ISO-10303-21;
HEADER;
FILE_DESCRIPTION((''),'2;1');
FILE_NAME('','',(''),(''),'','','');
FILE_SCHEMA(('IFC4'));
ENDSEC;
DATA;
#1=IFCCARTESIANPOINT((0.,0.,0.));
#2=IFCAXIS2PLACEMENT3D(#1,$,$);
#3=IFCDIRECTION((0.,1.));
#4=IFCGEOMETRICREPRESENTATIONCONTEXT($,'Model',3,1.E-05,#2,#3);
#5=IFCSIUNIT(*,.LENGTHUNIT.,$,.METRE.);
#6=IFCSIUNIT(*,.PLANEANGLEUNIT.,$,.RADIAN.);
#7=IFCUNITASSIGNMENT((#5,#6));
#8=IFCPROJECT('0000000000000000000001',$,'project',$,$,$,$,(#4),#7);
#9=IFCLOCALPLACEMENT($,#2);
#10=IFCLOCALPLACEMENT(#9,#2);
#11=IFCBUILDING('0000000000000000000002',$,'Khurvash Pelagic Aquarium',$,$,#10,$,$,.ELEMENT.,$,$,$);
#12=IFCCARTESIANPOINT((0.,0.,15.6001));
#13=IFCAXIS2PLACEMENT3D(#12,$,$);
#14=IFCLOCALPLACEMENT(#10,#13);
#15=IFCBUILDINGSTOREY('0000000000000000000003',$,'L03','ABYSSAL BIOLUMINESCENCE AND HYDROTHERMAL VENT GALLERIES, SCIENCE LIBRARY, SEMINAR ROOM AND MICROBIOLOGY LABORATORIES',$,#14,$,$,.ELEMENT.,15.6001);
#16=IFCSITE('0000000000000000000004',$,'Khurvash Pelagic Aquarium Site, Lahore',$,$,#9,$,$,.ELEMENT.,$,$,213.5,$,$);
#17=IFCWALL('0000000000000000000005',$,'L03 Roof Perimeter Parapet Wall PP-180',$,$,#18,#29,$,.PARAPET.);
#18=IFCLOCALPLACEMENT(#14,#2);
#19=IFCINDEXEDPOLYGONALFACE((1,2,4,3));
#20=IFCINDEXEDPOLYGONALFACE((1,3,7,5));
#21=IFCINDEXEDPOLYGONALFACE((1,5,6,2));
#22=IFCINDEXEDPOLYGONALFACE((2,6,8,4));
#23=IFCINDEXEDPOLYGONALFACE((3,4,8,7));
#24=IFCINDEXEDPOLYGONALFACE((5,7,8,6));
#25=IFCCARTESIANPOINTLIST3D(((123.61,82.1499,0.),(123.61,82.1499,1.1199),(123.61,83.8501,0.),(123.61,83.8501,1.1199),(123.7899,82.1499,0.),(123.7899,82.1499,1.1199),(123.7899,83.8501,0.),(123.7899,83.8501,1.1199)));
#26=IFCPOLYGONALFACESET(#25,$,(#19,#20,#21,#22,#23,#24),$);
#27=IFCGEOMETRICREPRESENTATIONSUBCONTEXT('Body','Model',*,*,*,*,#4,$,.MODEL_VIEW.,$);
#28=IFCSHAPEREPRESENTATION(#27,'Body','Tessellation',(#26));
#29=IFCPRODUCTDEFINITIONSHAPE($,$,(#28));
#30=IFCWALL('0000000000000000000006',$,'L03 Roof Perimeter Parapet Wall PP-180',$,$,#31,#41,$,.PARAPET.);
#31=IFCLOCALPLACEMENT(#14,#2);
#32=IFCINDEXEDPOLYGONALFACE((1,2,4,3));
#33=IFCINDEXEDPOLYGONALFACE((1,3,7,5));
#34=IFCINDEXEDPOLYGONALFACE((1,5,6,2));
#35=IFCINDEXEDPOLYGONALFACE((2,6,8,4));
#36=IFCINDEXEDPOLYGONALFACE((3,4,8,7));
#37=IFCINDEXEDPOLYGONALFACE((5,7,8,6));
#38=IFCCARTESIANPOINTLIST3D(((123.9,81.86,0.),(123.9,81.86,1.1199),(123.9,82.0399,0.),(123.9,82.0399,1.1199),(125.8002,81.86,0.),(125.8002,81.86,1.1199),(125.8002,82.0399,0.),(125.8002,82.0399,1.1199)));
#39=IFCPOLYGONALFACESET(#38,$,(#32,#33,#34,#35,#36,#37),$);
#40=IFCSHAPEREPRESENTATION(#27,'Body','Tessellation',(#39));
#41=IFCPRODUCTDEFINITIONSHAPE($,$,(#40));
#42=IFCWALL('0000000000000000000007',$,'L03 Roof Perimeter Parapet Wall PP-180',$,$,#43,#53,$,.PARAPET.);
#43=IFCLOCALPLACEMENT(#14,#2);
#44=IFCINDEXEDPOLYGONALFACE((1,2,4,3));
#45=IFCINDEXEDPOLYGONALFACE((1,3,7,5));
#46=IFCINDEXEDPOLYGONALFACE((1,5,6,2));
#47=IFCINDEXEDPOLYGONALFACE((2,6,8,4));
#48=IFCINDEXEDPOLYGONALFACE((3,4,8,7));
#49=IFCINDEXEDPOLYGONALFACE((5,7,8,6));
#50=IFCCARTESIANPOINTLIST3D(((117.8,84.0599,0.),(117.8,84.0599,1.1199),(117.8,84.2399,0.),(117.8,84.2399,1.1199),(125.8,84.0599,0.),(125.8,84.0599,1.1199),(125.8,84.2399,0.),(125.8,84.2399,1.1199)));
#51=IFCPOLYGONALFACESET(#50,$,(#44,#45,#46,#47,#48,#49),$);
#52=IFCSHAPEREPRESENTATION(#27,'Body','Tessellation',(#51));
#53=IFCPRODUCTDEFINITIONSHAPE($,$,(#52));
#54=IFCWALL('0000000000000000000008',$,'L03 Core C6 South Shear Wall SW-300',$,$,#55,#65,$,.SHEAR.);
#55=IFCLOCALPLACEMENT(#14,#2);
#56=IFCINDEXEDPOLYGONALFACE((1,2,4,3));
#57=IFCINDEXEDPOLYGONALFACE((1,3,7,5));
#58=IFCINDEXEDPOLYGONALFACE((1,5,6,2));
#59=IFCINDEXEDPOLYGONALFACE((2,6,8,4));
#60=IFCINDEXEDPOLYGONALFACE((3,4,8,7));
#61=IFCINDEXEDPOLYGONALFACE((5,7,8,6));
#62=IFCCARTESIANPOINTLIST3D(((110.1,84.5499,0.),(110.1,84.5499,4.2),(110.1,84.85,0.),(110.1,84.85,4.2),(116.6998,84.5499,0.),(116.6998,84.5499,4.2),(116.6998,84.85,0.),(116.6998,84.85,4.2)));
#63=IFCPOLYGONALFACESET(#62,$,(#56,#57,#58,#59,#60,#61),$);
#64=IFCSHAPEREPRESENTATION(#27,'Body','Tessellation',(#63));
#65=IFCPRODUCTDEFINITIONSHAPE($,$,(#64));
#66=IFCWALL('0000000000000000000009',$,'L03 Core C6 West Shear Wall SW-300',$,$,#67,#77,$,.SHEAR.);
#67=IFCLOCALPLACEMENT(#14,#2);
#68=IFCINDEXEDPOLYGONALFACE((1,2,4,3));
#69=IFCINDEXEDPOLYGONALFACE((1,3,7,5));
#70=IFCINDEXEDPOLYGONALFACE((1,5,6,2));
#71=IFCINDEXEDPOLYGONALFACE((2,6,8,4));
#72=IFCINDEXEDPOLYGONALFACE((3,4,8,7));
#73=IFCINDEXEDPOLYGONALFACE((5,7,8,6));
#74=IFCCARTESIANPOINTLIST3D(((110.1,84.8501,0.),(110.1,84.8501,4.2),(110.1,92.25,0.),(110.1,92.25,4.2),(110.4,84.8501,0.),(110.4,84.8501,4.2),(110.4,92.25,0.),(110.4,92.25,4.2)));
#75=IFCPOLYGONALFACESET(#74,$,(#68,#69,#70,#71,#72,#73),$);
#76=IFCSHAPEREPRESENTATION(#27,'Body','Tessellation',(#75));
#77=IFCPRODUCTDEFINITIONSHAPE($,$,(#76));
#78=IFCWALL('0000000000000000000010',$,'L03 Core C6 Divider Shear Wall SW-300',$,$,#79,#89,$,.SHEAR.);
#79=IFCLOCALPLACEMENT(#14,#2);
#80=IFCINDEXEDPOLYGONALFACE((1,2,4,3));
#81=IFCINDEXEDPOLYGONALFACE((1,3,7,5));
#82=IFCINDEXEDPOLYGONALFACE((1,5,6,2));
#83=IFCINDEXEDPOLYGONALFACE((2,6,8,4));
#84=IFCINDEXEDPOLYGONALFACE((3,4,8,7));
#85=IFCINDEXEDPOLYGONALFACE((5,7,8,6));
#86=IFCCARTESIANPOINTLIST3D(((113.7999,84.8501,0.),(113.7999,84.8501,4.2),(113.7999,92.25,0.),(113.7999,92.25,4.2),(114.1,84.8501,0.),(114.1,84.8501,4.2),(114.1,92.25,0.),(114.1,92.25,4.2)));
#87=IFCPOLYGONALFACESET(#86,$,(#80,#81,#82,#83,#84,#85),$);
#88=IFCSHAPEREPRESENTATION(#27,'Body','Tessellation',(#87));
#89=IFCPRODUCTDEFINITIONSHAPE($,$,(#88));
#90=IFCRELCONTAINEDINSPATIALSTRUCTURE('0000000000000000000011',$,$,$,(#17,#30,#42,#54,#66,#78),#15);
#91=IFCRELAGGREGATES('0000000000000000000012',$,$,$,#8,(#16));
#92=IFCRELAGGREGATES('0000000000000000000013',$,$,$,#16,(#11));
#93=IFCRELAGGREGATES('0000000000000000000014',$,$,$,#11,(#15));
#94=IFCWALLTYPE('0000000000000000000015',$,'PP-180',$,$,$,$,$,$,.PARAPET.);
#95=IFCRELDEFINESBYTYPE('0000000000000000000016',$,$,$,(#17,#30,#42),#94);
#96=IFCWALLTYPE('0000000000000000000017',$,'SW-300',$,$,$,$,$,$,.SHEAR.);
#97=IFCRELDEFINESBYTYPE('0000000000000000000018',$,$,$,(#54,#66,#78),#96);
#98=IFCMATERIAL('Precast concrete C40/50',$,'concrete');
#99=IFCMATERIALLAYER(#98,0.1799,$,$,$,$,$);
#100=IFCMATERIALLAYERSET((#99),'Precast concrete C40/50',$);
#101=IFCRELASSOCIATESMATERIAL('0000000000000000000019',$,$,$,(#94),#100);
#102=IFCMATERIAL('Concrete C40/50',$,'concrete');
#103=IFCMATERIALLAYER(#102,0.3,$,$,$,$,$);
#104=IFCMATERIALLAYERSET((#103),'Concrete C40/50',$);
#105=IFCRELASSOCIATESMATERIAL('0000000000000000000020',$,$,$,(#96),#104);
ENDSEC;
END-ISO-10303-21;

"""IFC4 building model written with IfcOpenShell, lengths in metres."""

from ifc_helpers import new_model, si_unit, direction, frame, frame_2d, origin, place, context, subcontext, project, spatial, rectangle, extrude, material, layer, layer_set, type_object, element, save


model = new_model("IFC4")

# Units and contexts
model_context = context("Model", 3, precision=1e-05, world=origin(), true_north=direction((0.0, 1.0)))
body_context = subcontext(model_context, "Body", "Model", "MODEL_VIEW")
ifc_project = project(units=[si_unit("LENGTHUNIT", "METRE"), si_unit("PLANEANGLEUNIT", "RADIAN")], contexts=[model_context])

# Site, building, storey
site_placement = place(None, origin())
site = spatial("IfcSite", under=ifc_project, at=site_placement, Name="Khurvash Pelagic Aquarium Site, Lahore", CompositionType="ELEMENT", RefElevation=213.5)
building_placement = place(site_placement, origin())
building = spatial("IfcBuilding", under=site, at=building_placement, Name="Khurvash Pelagic Aquarium", CompositionType="ELEMENT")
storey_placement = place(building_placement, frame((0.0, 0.0, 15.6001)))
storey = spatial("IfcBuildingStorey", under=building, at=storey_placement, Name="L03", Description="ABYSSAL BIOLUMINESCENCE AND HYDROTHERMAL VENT GALLERIES, SCIENCE LIBRARY, SEMINAR ROOM AND MICROBIOLOGY LABORATORIES", CompositionType="ELEMENT", Elevation=15.6001)

# Shared definitions
ifc_material_1 = material(Name="Concrete C40/50", Category="concrete")

# Walls
ifc_material_2 = material(Name="Precast concrete C40/50", Category="concrete")
ifc_layer_1 = layer(ifc_material_2, 0.1799)
ifc_layer_set_1 = layer_set([ifc_layer_1], Name="Precast concrete C40/50")
wall_type_1 = type_object("IfcWallType", Name="PP-180", PredefinedType="PARAPET", material=ifc_layer_set_1)
wall_1_placement = place(storey_placement, frame((123.7, 83.8501, 0.0), z_axis=(0.0, 0.0, 1.0), x_axis=(0.0, -1.0, 0.0)))
element("IfcWall", 1, at=wall_1_placement, inside=storey, type_object=wall_type_1, Name="L03 Roof Perimeter Parapet Wall PP-180", PredefinedType="PARAPET", context=body_context, shape_type="SweptSolid", body=[
    extrude(rectangle(XDim=1.7002, YDim=0.1799, at=frame_2d((0.8501, 0.0))), origin(), (0.0, 0.0, 1.0), 1.1199),
])
wall_2_placement = place(storey_placement, frame((123.8999, 81.95, 0.0), z_axis=(0.0, 0.0, 1.0), x_axis=(1.0, 0.0, 0.0)))
element("IfcWall", 2, at=wall_2_placement, inside=storey, type_object=wall_type_1, Name="L03 Roof Perimeter Parapet Wall PP-180", PredefinedType="PARAPET", context=body_context, shape_type="SweptSolid", body=[
    extrude(rectangle(XDim=1.9001, YDim=0.1799, at=frame_2d((0.9502, 0.0))), origin(), (0.0, 0.0, 1.0), 1.1199),
])
wall_3_placement = place(storey_placement, frame((125.8, 84.1499, 0.0), z_axis=(0.0, 0.0, 1.0), x_axis=(-1.0, 0.0, 0.0)))
element("IfcWall", 3, at=wall_3_placement, inside=storey, type_object=wall_type_1, Name="L03 Roof Perimeter Parapet Wall PP-180", PredefinedType="PARAPET", context=body_context, shape_type="SweptSolid", body=[
    extrude(rectangle(XDim=8.0, YDim=0.1799, at=frame_2d((4.0, 0.0))), origin(), (0.0, 0.0, 1.0), 1.1199),
])
ifc_layer_2 = layer(ifc_material_1, 0.3)
ifc_layer_set_2 = layer_set([ifc_layer_2], Name="Concrete C40/50")
wall_type_2 = type_object("IfcWallType", Name="SW-300", PredefinedType="SHEAR", material=ifc_layer_set_2)
wall_4_placement = place(storey_placement, frame((110.1001, 84.7, 0.0), z_axis=(0.0, 0.0, 1.0), x_axis=(1.0, 0.0, 0.0)))
element("IfcWall", 4, at=wall_4_placement, inside=storey, type_object=wall_type_2, Name="L03 Core C6 South Shear Wall SW-300", PredefinedType="SHEAR", context=body_context, shape_type="SweptSolid", body=[
    extrude(rectangle(XDim=6.5999, YDim=0.3, at=frame_2d((3.2998, 0.0))), origin(), (0.0, 0.0, 1.0), 4.2),
])
for number, where, z_axis, x_axis, name in (
    (5, (110.25, 84.8501, 0.0), (0.0, 0.0, 1.0), (0.0, 1.0, 0.0), "L03 Core C6 West Shear Wall SW-300"),
    (6, (113.95, 84.8501, 0.0), (0.0, 0.0, 1.0), (0.0, 1.0, 0.0), "L03 Core C6 Divider Shear Wall SW-300"),
):
    element("IfcWall", number, at=place(storey_placement, frame(where, z_axis=z_axis, x_axis=x_axis)), inside=storey, type_object=wall_type_2, Name=name, PredefinedType="SHEAR", context=body_context, shape_type="SweptSolid", body=[
        extrude(rectangle(XDim=7.3999, YDim=0.3, at=frame_2d((3.7, 0.0))), origin(), (0.0, 0.0, 1.0), 4.2),
    ])

save(model, "model.ifc")
